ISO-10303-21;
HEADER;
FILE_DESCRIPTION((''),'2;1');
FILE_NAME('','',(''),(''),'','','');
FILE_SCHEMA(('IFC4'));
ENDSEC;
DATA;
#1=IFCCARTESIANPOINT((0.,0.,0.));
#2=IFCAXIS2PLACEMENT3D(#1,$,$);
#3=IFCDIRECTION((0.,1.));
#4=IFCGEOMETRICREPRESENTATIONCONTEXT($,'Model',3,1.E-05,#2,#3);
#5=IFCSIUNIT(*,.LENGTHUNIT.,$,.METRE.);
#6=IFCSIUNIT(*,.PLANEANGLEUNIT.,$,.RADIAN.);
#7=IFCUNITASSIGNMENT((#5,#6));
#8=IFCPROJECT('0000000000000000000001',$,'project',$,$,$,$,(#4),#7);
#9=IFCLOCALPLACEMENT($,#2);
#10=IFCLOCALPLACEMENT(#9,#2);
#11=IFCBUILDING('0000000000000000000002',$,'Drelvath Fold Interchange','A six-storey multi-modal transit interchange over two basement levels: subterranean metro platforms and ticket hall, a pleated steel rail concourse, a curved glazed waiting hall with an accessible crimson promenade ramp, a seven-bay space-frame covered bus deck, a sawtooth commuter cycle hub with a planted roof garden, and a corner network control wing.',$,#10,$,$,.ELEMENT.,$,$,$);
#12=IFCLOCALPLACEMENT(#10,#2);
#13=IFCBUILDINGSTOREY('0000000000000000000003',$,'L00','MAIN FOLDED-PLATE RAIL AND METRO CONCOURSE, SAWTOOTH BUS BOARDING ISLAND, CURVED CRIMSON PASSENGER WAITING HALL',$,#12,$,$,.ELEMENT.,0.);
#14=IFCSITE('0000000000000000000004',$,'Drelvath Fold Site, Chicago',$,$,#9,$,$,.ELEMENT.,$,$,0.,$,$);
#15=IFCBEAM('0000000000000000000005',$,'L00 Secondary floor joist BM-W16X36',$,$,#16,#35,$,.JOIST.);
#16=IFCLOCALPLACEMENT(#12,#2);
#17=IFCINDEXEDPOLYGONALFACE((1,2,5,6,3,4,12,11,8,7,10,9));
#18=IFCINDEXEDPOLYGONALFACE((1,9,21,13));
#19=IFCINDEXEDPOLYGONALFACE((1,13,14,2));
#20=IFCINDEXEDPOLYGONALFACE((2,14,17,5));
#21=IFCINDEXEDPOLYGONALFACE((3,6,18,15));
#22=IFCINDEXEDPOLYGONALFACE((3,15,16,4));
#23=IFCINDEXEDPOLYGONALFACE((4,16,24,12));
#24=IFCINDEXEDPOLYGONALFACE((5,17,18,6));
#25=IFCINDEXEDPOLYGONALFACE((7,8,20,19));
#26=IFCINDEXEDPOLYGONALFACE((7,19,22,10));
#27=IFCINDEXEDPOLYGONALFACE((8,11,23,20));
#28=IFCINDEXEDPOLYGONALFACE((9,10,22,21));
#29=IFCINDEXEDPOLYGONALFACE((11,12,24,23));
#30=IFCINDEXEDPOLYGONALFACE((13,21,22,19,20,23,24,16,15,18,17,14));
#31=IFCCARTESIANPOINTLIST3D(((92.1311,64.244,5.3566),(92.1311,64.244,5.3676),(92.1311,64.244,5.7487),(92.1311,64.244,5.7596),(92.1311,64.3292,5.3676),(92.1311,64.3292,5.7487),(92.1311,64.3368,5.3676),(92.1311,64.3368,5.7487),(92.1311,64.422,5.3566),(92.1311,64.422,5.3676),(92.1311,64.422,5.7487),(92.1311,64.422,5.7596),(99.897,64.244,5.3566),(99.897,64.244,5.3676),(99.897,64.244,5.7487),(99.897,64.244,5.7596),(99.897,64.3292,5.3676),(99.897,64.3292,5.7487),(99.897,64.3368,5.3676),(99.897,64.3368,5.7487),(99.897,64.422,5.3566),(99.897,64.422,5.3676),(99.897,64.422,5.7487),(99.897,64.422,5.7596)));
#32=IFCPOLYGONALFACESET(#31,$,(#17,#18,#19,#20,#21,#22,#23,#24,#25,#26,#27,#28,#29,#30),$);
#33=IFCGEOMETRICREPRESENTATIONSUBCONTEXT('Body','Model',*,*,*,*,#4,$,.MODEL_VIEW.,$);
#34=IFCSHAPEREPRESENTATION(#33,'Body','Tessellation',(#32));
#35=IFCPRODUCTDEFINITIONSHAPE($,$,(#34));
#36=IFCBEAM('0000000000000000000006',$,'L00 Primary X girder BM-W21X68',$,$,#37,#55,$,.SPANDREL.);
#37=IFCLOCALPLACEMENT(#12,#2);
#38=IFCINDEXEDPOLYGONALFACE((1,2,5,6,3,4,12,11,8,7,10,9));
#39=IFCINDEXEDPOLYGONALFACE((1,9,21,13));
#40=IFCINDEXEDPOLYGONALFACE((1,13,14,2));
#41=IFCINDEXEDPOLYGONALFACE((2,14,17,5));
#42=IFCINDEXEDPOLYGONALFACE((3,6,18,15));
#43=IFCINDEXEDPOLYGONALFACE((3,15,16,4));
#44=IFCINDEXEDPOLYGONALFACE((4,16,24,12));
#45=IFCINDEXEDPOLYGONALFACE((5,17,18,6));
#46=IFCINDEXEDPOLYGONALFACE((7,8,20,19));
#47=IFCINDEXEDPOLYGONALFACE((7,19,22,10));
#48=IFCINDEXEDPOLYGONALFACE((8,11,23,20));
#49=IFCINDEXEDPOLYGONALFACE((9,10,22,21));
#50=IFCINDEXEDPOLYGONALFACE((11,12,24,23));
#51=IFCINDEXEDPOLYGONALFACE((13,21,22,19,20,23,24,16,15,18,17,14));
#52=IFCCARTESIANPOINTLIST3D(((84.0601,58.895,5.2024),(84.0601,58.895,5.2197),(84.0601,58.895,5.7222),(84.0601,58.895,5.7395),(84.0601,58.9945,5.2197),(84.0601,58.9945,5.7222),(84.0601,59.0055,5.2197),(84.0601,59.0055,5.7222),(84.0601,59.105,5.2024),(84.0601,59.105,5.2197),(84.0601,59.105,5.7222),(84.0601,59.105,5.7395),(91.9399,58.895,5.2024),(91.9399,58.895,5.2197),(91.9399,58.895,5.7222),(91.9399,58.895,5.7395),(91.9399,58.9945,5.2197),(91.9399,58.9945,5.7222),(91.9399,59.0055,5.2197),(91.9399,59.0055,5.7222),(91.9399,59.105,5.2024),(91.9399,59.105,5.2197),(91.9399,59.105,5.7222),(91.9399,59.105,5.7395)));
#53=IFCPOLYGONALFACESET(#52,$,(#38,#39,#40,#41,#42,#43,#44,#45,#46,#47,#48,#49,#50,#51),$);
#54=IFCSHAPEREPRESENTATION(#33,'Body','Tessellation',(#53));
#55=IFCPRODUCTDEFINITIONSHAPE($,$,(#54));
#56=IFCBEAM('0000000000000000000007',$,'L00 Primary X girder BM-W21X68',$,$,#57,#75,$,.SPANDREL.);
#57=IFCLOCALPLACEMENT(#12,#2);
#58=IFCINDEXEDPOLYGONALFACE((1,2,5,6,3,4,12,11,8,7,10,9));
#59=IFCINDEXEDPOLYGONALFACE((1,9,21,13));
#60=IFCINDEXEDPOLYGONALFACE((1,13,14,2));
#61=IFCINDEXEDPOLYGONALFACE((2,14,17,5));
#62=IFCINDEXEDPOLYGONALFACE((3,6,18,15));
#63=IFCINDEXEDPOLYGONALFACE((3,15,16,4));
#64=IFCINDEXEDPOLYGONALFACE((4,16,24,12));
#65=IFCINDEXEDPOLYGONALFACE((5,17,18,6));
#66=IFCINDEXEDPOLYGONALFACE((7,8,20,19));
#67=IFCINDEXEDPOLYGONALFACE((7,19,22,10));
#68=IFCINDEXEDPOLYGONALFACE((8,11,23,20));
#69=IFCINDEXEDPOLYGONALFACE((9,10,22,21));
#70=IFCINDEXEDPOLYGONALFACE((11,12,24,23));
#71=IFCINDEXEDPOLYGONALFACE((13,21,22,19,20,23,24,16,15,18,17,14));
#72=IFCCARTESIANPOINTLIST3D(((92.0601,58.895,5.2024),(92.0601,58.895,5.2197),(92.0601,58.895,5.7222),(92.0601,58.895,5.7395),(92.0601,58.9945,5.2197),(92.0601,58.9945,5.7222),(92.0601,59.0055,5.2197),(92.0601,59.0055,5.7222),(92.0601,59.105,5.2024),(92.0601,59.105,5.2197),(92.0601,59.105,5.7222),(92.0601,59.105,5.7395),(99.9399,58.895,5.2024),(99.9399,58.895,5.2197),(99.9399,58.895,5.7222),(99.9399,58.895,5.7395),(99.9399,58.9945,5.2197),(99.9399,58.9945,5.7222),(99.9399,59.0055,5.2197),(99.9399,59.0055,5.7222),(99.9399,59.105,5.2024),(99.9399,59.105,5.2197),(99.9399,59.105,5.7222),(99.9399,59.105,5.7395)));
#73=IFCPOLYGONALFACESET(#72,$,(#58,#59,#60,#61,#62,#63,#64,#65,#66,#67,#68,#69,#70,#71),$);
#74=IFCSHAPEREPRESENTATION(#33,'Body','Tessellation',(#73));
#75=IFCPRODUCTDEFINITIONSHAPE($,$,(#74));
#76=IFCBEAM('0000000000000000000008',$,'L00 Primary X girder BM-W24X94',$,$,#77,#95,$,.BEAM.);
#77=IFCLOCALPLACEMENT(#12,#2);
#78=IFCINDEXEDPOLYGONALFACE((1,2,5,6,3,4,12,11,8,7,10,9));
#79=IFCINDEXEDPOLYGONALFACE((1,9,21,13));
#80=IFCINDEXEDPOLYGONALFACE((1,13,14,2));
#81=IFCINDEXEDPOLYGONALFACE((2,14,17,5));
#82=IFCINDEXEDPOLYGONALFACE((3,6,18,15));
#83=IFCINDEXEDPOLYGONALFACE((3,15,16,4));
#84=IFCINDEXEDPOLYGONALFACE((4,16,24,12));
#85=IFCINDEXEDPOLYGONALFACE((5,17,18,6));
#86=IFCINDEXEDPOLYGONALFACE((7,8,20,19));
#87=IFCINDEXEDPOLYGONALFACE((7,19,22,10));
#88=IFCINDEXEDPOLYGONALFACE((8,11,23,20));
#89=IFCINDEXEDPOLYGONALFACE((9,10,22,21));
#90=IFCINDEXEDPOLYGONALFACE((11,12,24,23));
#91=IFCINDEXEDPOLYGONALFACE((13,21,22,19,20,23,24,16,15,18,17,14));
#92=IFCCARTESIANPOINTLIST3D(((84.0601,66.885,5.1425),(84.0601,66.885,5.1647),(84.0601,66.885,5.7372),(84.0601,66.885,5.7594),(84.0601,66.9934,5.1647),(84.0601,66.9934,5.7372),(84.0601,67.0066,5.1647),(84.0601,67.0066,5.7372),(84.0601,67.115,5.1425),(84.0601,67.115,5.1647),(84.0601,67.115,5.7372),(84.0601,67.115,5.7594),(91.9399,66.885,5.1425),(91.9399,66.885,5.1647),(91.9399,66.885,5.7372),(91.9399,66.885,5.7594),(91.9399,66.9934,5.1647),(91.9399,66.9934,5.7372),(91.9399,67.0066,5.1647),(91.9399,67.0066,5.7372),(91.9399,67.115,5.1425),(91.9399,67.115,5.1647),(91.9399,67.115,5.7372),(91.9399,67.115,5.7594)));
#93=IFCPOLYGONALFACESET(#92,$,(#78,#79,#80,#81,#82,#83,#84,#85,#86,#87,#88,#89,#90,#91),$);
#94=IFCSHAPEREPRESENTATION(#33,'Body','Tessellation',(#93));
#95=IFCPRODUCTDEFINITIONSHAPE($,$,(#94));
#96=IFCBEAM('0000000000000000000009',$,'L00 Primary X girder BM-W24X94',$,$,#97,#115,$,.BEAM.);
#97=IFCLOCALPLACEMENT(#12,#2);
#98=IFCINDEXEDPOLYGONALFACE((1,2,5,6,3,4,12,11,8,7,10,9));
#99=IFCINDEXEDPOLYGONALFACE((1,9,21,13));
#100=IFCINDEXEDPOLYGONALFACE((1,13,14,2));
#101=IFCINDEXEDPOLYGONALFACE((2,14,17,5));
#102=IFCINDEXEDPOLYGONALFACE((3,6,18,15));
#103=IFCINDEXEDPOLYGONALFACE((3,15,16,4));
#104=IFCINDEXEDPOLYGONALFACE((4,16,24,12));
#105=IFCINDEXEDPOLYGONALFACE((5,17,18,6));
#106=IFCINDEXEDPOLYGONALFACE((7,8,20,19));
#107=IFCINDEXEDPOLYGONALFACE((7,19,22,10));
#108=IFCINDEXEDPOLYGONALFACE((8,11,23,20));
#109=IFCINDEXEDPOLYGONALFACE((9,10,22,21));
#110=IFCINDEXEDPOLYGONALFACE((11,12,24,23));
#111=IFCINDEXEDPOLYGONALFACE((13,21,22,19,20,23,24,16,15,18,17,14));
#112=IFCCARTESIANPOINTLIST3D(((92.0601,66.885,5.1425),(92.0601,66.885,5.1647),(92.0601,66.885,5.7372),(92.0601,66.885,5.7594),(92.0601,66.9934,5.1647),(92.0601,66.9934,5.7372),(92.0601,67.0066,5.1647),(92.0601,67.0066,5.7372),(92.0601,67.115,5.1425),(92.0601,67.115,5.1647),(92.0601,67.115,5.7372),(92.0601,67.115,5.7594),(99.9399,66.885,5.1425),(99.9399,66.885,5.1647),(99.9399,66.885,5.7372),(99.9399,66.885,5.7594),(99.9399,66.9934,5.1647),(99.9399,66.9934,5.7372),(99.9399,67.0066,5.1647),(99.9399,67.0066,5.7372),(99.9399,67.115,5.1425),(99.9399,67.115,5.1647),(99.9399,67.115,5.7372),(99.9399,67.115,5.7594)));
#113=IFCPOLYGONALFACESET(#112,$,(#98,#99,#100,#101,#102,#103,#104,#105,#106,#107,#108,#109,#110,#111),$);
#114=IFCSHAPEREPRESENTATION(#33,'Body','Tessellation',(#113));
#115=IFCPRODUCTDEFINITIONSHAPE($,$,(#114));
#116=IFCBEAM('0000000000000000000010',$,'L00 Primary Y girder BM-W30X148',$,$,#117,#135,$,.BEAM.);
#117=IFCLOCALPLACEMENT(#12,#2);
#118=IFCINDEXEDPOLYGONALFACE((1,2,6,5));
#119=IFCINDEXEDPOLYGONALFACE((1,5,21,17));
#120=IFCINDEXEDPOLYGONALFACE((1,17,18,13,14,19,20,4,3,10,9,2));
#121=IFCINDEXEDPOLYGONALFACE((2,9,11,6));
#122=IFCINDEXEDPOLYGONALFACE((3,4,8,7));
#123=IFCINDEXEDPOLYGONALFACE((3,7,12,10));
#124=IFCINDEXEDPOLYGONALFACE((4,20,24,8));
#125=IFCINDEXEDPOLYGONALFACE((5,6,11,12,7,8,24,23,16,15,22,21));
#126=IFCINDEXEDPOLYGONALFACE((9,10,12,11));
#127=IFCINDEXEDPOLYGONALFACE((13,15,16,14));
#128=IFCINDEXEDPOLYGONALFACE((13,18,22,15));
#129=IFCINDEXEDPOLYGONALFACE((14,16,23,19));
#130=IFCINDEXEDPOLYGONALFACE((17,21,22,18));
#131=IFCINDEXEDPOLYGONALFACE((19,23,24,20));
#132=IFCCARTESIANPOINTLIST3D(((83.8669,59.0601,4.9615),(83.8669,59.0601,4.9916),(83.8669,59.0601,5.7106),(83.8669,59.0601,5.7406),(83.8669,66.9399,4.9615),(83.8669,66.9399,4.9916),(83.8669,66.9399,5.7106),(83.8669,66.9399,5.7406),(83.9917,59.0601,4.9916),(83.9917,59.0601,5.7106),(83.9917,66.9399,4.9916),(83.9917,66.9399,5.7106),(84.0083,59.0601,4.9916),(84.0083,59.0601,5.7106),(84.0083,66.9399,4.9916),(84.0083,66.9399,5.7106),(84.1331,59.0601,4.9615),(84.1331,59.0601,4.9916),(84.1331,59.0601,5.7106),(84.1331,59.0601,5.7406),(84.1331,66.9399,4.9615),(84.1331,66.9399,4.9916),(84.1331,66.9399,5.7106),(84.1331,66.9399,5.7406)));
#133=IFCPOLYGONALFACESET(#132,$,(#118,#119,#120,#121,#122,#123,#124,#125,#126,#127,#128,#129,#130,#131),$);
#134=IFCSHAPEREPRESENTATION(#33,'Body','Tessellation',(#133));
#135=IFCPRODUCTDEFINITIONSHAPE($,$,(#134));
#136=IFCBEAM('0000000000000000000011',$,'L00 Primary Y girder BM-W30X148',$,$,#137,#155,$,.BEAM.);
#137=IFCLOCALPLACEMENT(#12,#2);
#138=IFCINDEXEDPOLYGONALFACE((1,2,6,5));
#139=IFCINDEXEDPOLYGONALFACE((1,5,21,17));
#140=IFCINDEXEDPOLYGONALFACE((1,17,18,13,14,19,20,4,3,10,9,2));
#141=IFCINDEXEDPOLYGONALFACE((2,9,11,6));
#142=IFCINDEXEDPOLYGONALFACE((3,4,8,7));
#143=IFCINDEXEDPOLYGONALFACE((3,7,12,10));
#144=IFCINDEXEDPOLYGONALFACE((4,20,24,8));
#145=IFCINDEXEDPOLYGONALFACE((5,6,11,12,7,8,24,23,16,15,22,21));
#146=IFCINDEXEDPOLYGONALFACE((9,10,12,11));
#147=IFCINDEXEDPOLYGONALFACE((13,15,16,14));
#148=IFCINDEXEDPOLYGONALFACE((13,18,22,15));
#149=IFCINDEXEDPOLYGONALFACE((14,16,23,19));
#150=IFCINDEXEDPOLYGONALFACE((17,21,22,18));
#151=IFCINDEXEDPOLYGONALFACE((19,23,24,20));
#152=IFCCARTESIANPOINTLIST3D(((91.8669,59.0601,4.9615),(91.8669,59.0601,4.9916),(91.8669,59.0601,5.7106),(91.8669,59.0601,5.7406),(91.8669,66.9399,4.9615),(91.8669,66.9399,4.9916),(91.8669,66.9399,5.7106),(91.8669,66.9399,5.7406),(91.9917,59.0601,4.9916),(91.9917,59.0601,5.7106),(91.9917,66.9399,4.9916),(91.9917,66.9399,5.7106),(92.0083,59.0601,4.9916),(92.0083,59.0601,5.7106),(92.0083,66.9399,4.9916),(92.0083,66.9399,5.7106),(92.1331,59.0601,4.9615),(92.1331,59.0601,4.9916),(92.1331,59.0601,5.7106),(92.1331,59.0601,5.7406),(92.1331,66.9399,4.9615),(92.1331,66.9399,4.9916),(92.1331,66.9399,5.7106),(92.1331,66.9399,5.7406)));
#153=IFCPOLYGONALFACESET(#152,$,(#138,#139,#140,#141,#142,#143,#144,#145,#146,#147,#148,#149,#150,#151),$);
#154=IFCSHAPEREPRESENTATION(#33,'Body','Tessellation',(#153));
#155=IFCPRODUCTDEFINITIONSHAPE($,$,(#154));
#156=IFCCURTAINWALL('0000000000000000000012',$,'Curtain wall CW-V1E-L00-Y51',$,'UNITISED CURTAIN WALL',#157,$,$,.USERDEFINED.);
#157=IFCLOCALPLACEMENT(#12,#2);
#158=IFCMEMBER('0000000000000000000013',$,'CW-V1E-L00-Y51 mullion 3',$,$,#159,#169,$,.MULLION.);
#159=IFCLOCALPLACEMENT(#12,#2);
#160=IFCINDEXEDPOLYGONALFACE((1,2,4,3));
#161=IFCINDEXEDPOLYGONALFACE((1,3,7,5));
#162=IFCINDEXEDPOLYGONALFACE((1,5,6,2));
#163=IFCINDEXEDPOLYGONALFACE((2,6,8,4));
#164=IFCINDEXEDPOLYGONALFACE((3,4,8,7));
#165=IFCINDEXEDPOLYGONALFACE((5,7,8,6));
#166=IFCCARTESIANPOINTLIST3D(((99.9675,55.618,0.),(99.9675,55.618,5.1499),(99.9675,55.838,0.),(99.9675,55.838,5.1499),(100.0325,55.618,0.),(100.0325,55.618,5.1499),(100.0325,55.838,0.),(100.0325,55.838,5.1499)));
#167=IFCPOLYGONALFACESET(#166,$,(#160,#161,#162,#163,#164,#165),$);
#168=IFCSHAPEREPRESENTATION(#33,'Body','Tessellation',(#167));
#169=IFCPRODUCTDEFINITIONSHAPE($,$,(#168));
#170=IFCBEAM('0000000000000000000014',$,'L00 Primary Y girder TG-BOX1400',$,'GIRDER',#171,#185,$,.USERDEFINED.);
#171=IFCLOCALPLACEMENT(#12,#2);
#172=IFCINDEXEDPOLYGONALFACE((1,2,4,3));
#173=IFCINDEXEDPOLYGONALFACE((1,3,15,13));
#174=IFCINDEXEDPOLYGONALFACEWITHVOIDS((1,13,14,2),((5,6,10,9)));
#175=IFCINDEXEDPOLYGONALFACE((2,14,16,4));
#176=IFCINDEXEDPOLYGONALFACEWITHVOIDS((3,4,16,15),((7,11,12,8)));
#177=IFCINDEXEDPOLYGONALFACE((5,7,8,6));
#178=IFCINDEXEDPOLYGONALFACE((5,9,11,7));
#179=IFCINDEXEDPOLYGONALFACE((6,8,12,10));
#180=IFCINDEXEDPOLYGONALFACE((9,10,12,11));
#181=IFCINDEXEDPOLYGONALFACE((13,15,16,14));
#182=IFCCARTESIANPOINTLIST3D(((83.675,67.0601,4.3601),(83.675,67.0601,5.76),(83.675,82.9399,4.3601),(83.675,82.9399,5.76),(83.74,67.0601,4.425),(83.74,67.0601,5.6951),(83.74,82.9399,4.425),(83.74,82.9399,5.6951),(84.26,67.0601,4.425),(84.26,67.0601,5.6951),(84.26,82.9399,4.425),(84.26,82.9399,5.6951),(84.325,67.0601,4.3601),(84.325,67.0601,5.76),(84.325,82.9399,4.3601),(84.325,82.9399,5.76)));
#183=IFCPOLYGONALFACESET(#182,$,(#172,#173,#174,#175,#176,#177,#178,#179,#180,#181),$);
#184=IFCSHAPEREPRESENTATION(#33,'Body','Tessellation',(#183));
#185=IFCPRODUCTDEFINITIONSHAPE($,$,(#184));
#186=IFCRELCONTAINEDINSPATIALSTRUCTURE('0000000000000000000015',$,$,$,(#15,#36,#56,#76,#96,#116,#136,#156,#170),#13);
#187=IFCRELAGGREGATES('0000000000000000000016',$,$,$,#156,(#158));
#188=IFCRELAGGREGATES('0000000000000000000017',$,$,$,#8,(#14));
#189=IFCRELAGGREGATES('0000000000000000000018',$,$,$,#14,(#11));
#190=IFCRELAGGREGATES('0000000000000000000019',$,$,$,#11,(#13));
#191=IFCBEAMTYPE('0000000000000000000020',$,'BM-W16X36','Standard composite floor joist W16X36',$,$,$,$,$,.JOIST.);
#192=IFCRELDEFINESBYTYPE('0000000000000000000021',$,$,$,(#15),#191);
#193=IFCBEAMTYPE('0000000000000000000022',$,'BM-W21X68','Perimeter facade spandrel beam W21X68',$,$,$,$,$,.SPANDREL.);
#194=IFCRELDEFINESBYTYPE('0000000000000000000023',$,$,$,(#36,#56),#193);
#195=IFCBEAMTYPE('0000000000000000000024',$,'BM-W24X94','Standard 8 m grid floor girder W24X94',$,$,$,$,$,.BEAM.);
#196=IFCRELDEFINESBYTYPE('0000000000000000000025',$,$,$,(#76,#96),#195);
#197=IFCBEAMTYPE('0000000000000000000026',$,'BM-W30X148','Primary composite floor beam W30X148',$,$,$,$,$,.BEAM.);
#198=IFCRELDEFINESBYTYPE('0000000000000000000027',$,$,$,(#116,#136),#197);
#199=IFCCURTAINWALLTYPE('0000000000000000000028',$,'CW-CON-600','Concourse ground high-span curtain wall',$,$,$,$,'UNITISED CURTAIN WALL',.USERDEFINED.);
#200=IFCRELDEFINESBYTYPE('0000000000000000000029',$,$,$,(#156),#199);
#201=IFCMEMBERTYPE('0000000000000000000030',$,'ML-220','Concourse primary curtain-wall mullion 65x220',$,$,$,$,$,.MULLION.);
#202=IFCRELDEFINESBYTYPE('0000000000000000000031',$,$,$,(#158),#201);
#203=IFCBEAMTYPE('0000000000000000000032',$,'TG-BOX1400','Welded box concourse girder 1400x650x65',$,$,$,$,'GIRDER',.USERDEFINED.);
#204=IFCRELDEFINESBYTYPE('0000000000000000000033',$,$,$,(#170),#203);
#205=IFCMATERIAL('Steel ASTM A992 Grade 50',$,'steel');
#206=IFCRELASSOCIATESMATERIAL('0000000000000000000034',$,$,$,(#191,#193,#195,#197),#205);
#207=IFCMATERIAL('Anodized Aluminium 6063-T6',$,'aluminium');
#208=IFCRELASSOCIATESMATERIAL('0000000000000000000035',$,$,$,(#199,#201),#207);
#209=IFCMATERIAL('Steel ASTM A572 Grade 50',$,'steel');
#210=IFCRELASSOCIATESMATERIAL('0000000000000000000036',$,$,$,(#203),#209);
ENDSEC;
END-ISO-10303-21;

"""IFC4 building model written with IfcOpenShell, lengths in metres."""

from ifc_helpers import new_model, si_unit, direction, frame, origin, origin_2d, place, context, subcontext, project, spatial, rectangle, hollow_rectangle, i_section, extrude, material, material_profile, profile_set, type_object, element, aggregate, save


model = new_model("IFC4")

# Units and contexts
model_context = context("Model", 3, precision=1e-05, world=origin(), true_north=direction((0.0, 1.0)))
body_context = subcontext(model_context, "Body", "Model", "MODEL_VIEW")
ifc_project = project(units=[si_unit("LENGTHUNIT", "METRE"), si_unit("PLANEANGLEUNIT", "RADIAN")], contexts=[model_context])

# Site, building, storey
site_placement = place(None, origin())
site = spatial("IfcSite", under=ifc_project, at=site_placement, Name="Drelvath Fold Site, Chicago", CompositionType="ELEMENT", RefElevation=0.0)
building_placement = place(site_placement, origin())
building = spatial("IfcBuilding", under=site, at=building_placement, Name="Drelvath Fold Interchange", Description="A six-storey multi-modal transit interchange over two basement levels: subterranean metro platforms and ticket hall, a pleated steel rail concourse, a curved glazed waiting hall with an accessible crimson promenade ramp, a seven-bay space-frame covered bus deck, a sawtooth commuter cycle hub with a planted roof garden, and a corner network control wing.", CompositionType="ELEMENT")
storey_placement = place(building_placement, origin())
storey = spatial("IfcBuildingStorey", under=building, at=storey_placement, Name="L00", Description="MAIN FOLDED-PLATE RAIL AND METRO CONCOURSE, SAWTOOTH BUS BOARDING ISLAND, CURVED CRIMSON PASSENGER WAITING HALL", CompositionType="ELEMENT", Elevation=0.0)

# Beams
ifc_material_1 = material(Name="Steel ASTM A992 Grade 50", Category="steel")
ifc_material_profile_1 = material_profile(ifc_material_1, i_section(OverallWidth=0.178, OverallDepth=0.4031, WebThickness=0.0076, FlangeThickness=0.011, at=origin_2d()), Name="W16X36")
ifc_profile_set_1 = profile_set([ifc_material_profile_1], Name="Steel ASTM A992 Grade 50")
beam_type_1 = type_object("IfcBeamType", Name="BM-W16X36", Description="Standard composite floor joist W16X36", PredefinedType="JOIST", material=ifc_profile_set_1)
for number, where, z_axis, x_axis, name in (
    (1, (92.1311, 64.333, 5.5581), (1.0, 0.0, 0.0), (0.0, 1.0, 0.0), "L00 Secondary floor joist BM-W16X36"),
):
    element("IfcBeam", number, at=place(storey_placement, frame(where, z_axis=z_axis, x_axis=x_axis)), inside=storey, type_object=beam_type_1, Name=name, PredefinedType="JOIST", context=body_context, shape_type="SweptSolid", body=[
        extrude(i_section(OverallWidth=0.178, OverallDepth=0.4031, WebThickness=0.0076, FlangeThickness=0.011, at=origin_2d()), origin(), (0.0, 0.0, 1.0), 7.7659),
    ])
ifc_material_profile_2 = material_profile(ifc_material_1, i_section(OverallWidth=0.21, OverallDepth=0.5371, WebThickness=0.011, FlangeThickness=0.0173, at=origin_2d()), Name="W21X68")
ifc_profile_set_2 = profile_set([ifc_material_profile_2], Name="Steel ASTM A992 Grade 50")
beam_type_2 = type_object("IfcBeamType", Name="BM-W21X68", Description="Perimeter facade spandrel beam W21X68", PredefinedType="SPANDREL", material=ifc_profile_set_2)
for number, where, z_axis, x_axis, name in (
    (2, (84.0601, 59.0, 5.4709), (1.0, 0.0, 0.0), (0.0, 1.0, 0.0), "L00 Primary X girder BM-W21X68"),
    (3, (92.0601, 59.0, 5.4709), (1.0, 0.0, 0.0), (0.0, 1.0, 0.0), "L00 Primary X girder BM-W21X68"),
):
    element("IfcBeam", number, at=place(storey_placement, frame(where, z_axis=z_axis, x_axis=x_axis)), inside=storey, type_object=beam_type_2, Name=name, PredefinedType="SPANDREL", context=body_context, shape_type="SweptSolid", body=[
        extrude(i_section(OverallWidth=0.21, OverallDepth=0.5371, WebThickness=0.011, FlangeThickness=0.0173, at=origin_2d()), origin(), (0.0, 0.0, 1.0), 7.8799),
    ])
ifc_material_profile_3 = material_profile(ifc_material_1, i_section(OverallWidth=0.23, OverallDepth=0.6169, WebThickness=0.0132, FlangeThickness=0.0222, at=origin_2d()), Name="W24X94")
ifc_profile_set_3 = profile_set([ifc_material_profile_3], Name="Steel ASTM A992 Grade 50")
beam_type_3 = type_object("IfcBeamType", Name="BM-W24X94", Description="Standard 8 m grid floor girder W24X94", PredefinedType="BEAM", material=ifc_profile_set_3)
for number, where, z_axis, x_axis, name in (
    (4, (84.0601, 67.0, 5.4509), (1.0, 0.0, 0.0), (0.0, 1.0, 0.0), "L00 Primary X girder BM-W24X94"),
    (5, (92.0601, 67.0, 5.4509), (1.0, 0.0, 0.0), (0.0, 1.0, 0.0), "L00 Primary X girder BM-W24X94"),
):
    element("IfcBeam", number, at=place(storey_placement, frame(where, z_axis=z_axis, x_axis=x_axis)), inside=storey, type_object=beam_type_3, Name=name, PredefinedType="BEAM", context=body_context, shape_type="SweptSolid", body=[
        extrude(i_section(OverallWidth=0.23, OverallDepth=0.6169, WebThickness=0.0132, FlangeThickness=0.0222, at=origin_2d()), origin(), (0.0, 0.0, 1.0), 7.8799),
    ])
ifc_material_profile_4 = material_profile(ifc_material_1, i_section(OverallWidth=0.2661, OverallDepth=0.7791, WebThickness=0.0166, FlangeThickness=0.03, at=origin_2d()), Name="W30X148")
ifc_profile_set_4 = profile_set([ifc_material_profile_4], Name="Steel ASTM A992 Grade 50")
beam_type_4 = type_object("IfcBeamType", Name="BM-W30X148", Description="Primary composite floor beam W30X148", PredefinedType="BEAM", material=ifc_profile_set_4)
for number, where, z_axis, x_axis, name in (
    (6, (84.0, 59.0601, 5.3511), (0.0, 1.0, 0.0), (-1.0, 0.0, 0.0), "L00 Primary Y girder BM-W30X148"),
    (7, (92.0, 59.0601, 5.3511), (0.0, 1.0, 0.0), (-1.0, 0.0, 0.0), "L00 Primary Y girder BM-W30X148"),
):
    element("IfcBeam", number, at=place(storey_placement, frame(where, z_axis=z_axis, x_axis=x_axis)), inside=storey, type_object=beam_type_4, Name=name, PredefinedType="BEAM", context=body_context, shape_type="SweptSolid", body=[
        extrude(i_section(OverallWidth=0.2661, OverallDepth=0.7791, WebThickness=0.0166, FlangeThickness=0.03, at=origin_2d()), origin(), (0.0, 0.0, 1.0), 7.8799),
    ])

# Curtain wall, member
ifc_material_2 = material(Name="Anodized Aluminium 6063-T6", Category="aluminium")
curtain_wall_type = type_object("IfcCurtainWallType", Name="CW-CON-600", Description="Concourse ground high-span curtain wall", ElementType="UNITISED CURTAIN WALL", PredefinedType="USERDEFINED", material=ifc_material_2)
curtain_wall_placement = place(storey_placement, origin())
curtain_wall = element("IfcCurtainWall", 8, at=curtain_wall_placement, inside=storey, type_object=curtain_wall_type, Name="Curtain wall CW-V1E-L00-Y51", ObjectType="UNITISED CURTAIN WALL", PredefinedType="USERDEFINED")
ifc_material_profile_5 = material_profile(ifc_material_2, rectangle(XDim=0.0649, YDim=0.22, at=origin_2d()), Name="AL-M 65x220")
ifc_profile_set_5 = profile_set([ifc_material_profile_5], Name="Anodized Aluminium 6063-T6")
member_type = type_object("IfcMemberType", Name="ML-220", Description="Concourse primary curtain-wall mullion 65x220", PredefinedType="MULLION", material=ifc_profile_set_5)
member_placement = place(storey_placement, frame((100.0, 55.728, 0.0), z_axis=(0.0, 0.0, 1.0), x_axis=(1.0, 0.0, 0.0)))
member = element("IfcMember", 9, at=member_placement, type_object=member_type, Name="CW-V1E-L00-Y51 mullion 3", PredefinedType="MULLION", context=body_context, shape_type="SweptSolid", body=[
    extrude(rectangle(XDim=0.0649, YDim=0.22, at=origin_2d()), origin(), (0.0, 0.0, 1.0), 5.1499),
])

# Beam
ifc_material_3 = material(Name="Steel ASTM A572 Grade 50", Category="steel")
ifc_material_profile_6 = material_profile(ifc_material_3, hollow_rectangle(XDim=0.6499, YDim=1.3999, WallThickness=0.0649, at=origin_2d()), Name="BOX 1400x650x65")
ifc_profile_set_6 = profile_set([ifc_material_profile_6], Name="Steel ASTM A572 Grade 50")
beam_type_5 = type_object("IfcBeamType", Name="TG-BOX1400", Description="Welded box concourse girder 1400x650x65", ElementType="GIRDER", PredefinedType="USERDEFINED", material=ifc_profile_set_6)
for number, where, z_axis, x_axis, name in (
    (10, (84.0, 67.0601, 5.0601), (0.0, 1.0, 0.0), (-1.0, 0.0, 0.0), "L00 Primary Y girder TG-BOX1400"),
):
    element("IfcBeam", number, at=place(storey_placement, frame(where, z_axis=z_axis, x_axis=x_axis)), inside=storey, type_object=beam_type_5, Name=name, ObjectType="GIRDER", PredefinedType="USERDEFINED", context=body_context, shape_type="SweptSolid", body=[
        extrude(hollow_rectangle(XDim=0.6499, YDim=1.3999, WallThickness=0.0649, at=origin_2d()), origin(), (0.0, 0.0, 1.0), 15.8799),
    ])

aggregate(curtain_wall, [member])

save(model, "model.ifc")
